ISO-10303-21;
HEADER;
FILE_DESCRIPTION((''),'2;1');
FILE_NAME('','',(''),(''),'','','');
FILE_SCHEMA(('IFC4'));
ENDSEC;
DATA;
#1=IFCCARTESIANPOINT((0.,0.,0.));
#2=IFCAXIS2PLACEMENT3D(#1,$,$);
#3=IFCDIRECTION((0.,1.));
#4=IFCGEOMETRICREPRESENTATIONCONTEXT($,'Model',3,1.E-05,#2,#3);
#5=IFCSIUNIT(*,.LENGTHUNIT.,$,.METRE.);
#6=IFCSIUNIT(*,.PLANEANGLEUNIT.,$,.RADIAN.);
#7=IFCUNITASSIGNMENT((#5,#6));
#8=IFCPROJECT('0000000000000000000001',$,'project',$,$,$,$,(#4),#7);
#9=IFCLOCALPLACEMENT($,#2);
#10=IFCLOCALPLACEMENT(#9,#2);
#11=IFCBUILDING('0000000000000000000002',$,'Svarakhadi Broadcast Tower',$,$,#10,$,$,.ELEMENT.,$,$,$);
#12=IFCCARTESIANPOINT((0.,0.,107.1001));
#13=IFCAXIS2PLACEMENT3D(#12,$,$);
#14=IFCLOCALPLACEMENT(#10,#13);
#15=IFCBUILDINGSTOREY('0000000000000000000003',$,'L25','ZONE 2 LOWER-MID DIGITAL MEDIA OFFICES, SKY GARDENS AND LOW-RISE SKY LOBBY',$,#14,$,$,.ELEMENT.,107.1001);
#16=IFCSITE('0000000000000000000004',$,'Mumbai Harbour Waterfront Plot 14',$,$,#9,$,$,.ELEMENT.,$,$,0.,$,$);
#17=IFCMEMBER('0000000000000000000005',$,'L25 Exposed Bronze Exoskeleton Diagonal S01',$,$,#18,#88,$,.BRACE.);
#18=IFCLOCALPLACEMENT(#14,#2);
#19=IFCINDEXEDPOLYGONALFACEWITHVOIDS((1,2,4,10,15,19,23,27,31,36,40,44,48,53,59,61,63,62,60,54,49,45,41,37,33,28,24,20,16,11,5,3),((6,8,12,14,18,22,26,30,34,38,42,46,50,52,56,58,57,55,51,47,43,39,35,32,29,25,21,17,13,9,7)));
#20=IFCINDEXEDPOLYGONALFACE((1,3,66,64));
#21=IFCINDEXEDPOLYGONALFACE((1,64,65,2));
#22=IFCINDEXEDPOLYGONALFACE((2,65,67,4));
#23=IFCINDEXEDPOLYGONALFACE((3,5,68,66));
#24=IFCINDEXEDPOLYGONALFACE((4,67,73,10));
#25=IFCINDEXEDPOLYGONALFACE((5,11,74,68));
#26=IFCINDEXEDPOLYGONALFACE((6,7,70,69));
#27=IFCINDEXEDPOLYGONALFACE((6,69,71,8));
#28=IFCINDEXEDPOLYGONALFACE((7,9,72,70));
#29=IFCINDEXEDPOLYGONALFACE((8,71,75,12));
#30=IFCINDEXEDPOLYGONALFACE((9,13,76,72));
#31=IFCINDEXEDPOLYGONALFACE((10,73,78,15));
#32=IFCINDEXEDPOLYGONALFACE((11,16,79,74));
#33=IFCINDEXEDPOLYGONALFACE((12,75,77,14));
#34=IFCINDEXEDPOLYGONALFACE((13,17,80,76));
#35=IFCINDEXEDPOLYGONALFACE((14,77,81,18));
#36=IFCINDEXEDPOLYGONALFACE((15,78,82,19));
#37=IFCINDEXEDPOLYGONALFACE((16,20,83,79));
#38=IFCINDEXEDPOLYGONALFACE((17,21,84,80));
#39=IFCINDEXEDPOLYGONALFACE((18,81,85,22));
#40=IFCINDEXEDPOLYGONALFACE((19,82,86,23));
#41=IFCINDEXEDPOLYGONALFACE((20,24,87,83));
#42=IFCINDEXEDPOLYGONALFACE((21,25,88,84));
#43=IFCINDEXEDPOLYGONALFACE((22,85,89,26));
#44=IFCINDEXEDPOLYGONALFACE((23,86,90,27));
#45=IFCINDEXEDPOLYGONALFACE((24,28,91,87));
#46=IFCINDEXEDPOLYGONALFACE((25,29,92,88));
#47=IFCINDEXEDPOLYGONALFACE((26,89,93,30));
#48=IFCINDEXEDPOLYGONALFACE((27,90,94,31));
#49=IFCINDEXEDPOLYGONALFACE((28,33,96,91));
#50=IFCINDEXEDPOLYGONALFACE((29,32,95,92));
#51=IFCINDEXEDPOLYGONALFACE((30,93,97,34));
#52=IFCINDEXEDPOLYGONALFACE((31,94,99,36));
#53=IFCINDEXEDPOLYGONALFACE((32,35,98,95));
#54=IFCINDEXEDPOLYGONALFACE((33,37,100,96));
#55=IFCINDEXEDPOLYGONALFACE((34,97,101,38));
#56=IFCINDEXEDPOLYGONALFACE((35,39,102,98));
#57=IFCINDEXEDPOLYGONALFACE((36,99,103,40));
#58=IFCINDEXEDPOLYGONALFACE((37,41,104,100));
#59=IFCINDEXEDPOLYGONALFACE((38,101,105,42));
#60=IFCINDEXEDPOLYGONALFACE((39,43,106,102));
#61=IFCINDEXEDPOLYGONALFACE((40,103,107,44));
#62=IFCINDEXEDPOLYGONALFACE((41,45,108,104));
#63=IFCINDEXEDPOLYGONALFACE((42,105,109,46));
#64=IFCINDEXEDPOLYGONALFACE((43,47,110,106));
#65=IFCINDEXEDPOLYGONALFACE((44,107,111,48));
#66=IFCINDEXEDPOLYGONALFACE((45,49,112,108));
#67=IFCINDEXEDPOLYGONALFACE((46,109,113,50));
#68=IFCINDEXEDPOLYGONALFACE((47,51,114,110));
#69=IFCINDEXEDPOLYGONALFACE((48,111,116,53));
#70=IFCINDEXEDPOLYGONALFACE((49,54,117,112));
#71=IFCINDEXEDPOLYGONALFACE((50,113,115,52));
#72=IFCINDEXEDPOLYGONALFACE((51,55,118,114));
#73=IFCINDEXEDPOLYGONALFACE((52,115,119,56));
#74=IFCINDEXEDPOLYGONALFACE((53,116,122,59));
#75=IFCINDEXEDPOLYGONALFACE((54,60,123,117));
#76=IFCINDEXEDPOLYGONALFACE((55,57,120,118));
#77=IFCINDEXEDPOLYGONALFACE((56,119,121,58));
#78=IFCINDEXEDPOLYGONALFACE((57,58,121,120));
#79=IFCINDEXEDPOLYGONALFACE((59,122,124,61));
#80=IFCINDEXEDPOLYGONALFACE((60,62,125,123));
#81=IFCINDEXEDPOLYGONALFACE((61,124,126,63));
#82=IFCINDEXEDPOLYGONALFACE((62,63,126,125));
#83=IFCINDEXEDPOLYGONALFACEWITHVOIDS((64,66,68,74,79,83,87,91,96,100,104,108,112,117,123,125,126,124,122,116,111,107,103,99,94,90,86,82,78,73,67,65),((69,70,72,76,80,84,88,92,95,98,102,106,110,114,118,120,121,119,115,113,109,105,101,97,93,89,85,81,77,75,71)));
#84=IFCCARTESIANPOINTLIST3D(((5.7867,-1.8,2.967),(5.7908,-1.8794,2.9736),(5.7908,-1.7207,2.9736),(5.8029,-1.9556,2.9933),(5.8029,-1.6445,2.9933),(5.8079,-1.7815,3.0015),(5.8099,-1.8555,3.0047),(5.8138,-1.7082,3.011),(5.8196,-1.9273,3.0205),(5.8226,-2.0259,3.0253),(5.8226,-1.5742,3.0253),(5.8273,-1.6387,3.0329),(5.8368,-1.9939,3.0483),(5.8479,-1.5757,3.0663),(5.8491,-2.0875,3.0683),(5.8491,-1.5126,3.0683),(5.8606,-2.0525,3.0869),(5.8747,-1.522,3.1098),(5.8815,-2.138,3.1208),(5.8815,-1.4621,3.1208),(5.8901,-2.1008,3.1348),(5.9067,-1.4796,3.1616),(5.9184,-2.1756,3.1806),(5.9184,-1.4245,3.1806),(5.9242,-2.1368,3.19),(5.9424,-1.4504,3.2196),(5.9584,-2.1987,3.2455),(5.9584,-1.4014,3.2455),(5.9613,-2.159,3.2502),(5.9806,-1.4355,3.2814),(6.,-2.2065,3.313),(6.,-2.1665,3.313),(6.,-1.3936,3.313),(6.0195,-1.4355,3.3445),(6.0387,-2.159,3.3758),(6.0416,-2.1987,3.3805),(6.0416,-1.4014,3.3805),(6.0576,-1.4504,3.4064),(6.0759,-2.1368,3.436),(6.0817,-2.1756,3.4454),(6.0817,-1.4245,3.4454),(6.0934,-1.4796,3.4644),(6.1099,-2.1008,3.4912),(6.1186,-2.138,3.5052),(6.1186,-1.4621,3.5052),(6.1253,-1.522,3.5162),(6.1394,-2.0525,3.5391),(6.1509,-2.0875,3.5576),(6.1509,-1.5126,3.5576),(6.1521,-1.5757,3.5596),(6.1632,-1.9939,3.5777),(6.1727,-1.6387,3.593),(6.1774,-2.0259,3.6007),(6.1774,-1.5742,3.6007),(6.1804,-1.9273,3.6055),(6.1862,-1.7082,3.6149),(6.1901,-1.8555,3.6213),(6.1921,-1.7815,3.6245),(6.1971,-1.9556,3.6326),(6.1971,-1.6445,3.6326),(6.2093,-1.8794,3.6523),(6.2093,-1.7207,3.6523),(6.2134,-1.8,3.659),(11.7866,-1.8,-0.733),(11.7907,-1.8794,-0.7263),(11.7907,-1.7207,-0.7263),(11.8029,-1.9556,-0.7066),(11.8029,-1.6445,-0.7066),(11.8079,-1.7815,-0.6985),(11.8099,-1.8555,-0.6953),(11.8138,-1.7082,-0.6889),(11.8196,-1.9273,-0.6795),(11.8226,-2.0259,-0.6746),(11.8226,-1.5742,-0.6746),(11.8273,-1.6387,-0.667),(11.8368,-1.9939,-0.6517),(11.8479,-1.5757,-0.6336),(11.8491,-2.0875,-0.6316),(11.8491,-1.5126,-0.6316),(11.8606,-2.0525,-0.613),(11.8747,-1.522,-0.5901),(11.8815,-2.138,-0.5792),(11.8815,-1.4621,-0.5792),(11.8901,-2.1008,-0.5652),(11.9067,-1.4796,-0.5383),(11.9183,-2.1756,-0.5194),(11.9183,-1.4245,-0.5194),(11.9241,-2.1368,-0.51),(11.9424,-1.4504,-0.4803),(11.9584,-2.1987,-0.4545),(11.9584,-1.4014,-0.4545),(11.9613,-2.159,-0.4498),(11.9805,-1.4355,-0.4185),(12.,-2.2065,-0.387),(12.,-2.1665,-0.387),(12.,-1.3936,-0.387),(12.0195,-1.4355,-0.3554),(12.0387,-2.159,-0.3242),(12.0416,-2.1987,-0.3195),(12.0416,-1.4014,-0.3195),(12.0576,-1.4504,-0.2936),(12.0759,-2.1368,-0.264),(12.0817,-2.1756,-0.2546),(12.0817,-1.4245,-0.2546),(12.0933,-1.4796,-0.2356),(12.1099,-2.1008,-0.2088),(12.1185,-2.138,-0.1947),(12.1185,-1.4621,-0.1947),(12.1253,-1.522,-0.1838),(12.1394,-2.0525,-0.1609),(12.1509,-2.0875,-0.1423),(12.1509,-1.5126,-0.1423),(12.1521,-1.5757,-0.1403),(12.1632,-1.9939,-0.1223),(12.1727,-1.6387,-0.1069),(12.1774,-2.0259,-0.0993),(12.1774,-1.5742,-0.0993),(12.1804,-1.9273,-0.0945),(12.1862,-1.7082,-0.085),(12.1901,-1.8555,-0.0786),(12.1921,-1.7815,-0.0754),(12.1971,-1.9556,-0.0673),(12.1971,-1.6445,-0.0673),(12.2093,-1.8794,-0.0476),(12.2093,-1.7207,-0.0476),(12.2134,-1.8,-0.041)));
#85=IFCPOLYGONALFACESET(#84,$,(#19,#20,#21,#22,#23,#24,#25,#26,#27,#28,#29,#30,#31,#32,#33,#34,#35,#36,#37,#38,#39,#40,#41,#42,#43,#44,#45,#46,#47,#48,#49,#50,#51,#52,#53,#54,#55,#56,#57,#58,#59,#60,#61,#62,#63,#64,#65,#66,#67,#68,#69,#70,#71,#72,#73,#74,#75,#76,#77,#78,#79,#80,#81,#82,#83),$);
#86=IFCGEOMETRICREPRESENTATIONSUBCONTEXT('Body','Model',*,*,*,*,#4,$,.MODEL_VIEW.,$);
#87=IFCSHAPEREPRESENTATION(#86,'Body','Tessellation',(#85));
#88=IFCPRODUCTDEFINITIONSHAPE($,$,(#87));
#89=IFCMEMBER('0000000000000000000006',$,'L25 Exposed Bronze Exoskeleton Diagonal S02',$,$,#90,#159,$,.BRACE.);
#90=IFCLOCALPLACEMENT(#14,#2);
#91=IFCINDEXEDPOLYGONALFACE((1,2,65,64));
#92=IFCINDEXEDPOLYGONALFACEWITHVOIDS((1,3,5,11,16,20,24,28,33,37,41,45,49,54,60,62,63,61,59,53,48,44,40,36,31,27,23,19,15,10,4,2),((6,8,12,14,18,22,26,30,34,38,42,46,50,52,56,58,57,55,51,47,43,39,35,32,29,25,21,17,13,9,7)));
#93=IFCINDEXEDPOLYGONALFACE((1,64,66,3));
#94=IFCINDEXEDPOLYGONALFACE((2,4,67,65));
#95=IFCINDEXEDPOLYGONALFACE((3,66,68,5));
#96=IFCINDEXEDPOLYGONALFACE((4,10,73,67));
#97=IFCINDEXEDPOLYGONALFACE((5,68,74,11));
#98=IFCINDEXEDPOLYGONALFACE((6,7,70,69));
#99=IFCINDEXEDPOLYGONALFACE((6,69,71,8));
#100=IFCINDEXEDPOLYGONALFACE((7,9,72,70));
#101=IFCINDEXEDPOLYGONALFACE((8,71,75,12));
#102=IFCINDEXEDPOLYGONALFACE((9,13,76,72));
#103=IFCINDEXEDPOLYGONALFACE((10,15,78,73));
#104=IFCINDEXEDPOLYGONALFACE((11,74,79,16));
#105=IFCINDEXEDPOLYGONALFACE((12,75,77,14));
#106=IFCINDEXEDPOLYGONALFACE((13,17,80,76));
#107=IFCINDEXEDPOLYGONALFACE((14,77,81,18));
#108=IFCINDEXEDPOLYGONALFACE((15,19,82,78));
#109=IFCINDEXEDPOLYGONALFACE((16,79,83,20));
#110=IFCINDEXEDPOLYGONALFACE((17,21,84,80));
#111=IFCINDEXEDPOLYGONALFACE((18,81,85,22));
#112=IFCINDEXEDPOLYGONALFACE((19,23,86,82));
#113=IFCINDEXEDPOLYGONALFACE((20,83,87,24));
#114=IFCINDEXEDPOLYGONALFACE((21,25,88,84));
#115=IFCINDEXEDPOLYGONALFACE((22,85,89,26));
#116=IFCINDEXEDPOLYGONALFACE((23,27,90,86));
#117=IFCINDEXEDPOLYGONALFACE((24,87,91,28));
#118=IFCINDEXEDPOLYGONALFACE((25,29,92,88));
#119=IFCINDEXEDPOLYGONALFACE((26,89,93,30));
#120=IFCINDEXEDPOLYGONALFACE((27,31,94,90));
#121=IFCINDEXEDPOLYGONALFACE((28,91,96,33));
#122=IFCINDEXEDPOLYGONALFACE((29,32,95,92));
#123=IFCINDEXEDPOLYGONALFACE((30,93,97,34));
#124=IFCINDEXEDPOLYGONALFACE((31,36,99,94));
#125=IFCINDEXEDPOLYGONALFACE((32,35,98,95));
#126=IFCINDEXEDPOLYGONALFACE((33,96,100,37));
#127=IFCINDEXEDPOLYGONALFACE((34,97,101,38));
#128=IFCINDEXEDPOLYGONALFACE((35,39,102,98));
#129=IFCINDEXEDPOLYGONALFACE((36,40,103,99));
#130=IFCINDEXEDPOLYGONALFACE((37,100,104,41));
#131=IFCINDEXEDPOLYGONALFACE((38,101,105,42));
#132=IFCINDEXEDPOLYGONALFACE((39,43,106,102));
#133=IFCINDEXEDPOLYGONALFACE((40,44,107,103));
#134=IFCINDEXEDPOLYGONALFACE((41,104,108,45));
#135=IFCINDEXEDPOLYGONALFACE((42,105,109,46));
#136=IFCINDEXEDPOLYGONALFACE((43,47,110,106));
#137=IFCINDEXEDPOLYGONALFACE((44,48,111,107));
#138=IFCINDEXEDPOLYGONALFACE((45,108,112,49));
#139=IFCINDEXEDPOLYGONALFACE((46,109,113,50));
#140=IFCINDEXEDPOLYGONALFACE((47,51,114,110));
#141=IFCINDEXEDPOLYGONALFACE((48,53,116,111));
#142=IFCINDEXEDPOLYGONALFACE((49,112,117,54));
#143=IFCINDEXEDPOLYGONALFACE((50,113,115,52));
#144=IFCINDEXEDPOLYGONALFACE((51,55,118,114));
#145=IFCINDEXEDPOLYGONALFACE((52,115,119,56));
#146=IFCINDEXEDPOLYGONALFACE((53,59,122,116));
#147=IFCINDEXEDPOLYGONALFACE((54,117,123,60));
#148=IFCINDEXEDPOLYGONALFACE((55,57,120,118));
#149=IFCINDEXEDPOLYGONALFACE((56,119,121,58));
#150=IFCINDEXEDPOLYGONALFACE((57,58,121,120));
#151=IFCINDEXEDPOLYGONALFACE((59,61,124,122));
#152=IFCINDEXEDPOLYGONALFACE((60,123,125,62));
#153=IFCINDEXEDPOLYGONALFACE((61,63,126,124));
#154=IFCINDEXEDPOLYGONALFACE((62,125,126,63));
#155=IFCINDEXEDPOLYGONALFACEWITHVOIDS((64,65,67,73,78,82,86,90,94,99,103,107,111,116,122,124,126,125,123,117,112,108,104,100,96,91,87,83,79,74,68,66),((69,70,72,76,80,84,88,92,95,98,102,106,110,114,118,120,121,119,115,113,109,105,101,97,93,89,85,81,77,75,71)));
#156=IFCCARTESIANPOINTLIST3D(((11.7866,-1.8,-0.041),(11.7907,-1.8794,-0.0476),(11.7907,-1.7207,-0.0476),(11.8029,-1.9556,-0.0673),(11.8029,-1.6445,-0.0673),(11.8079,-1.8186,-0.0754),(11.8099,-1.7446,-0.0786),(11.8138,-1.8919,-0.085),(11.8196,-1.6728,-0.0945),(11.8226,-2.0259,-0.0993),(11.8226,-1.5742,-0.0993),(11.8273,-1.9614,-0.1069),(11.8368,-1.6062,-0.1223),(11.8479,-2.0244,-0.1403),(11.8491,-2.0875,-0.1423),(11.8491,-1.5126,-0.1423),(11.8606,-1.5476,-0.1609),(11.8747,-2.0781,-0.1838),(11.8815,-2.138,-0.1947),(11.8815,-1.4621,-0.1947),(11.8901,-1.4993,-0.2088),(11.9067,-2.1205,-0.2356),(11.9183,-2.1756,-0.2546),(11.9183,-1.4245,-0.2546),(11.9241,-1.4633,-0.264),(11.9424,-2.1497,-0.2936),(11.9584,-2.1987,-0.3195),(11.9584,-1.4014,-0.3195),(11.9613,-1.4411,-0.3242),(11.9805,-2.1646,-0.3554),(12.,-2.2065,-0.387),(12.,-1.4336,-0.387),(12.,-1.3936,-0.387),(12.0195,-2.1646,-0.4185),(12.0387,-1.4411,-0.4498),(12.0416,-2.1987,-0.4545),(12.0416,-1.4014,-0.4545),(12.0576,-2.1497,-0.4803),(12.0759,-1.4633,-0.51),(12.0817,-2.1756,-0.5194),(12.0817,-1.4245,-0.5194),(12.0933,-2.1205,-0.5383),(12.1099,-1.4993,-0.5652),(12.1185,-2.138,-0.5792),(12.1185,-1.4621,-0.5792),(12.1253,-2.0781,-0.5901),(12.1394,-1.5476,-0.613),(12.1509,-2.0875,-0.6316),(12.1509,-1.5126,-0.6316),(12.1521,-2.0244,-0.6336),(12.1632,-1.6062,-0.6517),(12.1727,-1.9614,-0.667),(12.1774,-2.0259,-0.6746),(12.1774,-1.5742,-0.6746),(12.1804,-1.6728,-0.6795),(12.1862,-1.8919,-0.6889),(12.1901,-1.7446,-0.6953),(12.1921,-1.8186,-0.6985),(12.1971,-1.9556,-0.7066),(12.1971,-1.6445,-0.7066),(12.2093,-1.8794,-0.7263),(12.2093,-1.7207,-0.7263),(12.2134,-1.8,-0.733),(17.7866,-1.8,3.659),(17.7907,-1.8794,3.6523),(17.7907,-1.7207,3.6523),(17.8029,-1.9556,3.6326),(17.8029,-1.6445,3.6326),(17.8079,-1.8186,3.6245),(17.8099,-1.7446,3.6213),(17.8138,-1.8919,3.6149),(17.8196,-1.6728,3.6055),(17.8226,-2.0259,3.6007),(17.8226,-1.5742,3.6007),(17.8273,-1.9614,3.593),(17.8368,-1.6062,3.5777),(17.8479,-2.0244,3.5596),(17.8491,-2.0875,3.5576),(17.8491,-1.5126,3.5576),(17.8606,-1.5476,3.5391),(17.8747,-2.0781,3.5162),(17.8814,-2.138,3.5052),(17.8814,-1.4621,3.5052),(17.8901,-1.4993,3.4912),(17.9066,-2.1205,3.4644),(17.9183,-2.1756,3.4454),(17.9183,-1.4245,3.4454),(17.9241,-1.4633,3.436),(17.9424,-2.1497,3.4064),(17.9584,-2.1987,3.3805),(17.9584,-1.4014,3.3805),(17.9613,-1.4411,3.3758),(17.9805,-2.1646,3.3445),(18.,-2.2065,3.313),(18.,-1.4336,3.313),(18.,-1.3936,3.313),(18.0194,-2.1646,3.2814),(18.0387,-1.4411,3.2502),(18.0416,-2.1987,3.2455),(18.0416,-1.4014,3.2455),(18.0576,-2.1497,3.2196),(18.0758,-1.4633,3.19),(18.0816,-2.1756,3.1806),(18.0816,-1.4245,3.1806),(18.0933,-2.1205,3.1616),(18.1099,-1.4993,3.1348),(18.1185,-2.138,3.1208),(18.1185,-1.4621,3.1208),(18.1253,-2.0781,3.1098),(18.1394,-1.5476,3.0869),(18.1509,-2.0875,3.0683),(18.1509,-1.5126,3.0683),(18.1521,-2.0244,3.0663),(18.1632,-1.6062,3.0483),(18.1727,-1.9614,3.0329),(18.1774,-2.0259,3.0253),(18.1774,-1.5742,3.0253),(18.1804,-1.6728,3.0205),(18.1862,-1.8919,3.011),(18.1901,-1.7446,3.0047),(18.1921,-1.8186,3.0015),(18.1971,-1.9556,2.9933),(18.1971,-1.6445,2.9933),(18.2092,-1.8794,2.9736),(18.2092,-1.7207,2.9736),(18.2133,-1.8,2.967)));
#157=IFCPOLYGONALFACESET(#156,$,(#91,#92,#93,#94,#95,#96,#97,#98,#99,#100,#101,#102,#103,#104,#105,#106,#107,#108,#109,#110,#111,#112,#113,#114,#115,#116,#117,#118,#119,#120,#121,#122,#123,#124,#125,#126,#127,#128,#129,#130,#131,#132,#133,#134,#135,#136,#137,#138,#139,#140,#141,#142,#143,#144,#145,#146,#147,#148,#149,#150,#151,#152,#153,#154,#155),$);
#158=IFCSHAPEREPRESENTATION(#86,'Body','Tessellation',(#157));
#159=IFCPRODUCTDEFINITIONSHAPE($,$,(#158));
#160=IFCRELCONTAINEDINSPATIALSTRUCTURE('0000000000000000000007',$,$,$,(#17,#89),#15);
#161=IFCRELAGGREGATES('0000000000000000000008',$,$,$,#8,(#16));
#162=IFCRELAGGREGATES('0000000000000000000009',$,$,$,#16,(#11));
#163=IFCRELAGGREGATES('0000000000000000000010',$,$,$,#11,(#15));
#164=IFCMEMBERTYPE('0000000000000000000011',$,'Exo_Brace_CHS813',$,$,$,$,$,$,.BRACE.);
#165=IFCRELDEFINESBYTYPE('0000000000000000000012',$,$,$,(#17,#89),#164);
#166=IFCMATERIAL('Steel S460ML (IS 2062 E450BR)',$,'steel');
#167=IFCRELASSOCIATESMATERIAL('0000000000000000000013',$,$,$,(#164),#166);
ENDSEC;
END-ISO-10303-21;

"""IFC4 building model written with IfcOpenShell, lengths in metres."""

from ifc_helpers import new_model, si_unit, direction, frame, origin, origin_2d, place, context, subcontext, project, spatial, hollow_circle, extrude, material, material_profile, profile_set, type_object, element, save


model = new_model("IFC4")

# Units and contexts
model_context = context("Model", 3, precision=1e-05, world=origin(), true_north=direction((0.0, 1.0)))
body_context = subcontext(model_context, "Body", "Model", "MODEL_VIEW")
ifc_project = project(units=[si_unit("LENGTHUNIT", "METRE"), si_unit("PLANEANGLEUNIT", "RADIAN")], contexts=[model_context])

# Site, building, storey
site_placement = place(None, origin())
site = spatial("IfcSite", under=ifc_project, at=site_placement, Name="Mumbai Harbour Waterfront Plot 14", CompositionType="ELEMENT", RefElevation=0.0)
building_placement = place(site_placement, origin())
building = spatial("IfcBuilding", under=site, at=building_placement, Name="Svarakhadi Broadcast Tower", CompositionType="ELEMENT")
storey_placement = place(building_placement, frame((0.0, 0.0, 107.1001)))
storey = spatial("IfcBuildingStorey", under=building, at=storey_placement, Name="L25", Description="ZONE 2 LOWER-MID DIGITAL MEDIA OFFICES, SKY GARDENS AND LOW-RISE SKY LOBBY", CompositionType="ELEMENT", Elevation=107.1001)

# Shared definitions
ifc_material_1 = material(Name="Steel S460ML (IS 2062 E450BR)", Category="steel")

# Members
ifc_material_profile_1 = material_profile(ifc_material_1, hollow_circle(Radius=0.4065, WallThickness=0.04, at=origin_2d()), Name="CHS 813x40")
ifc_profile_set_1 = profile_set([ifc_material_profile_1], Name="Steel S460ML (IS 2062 E450BR)")
member_type_1 = type_object("IfcMemberType", Name="Exo_Brace_CHS813", PredefinedType="BRACE", material=ifc_profile_set_1)
for number, where, z_axis, x_axis, name in (
    (1, (12.0, -1.8, -0.387), (-0.851174, 0.0, 0.524884), (0.0, -1.0, 0.0), "L25 Exposed Bronze Exoskeleton Diagonal S01"),
    (2, (12.0, -1.8, -0.387), (0.851174, 0.0, 0.524884), (0.0, 1.0, 0.0), "L25 Exposed Bronze Exoskeleton Diagonal S02"),
):
    element("IfcMember", number, at=place(storey_placement, frame(where, z_axis=z_axis, x_axis=x_axis)), inside=storey, type_object=member_type_1, Name=name, PredefinedType="BRACE", context=body_context, shape_type="SweptSolid", body=[
        extrude(hollow_circle(Radius=0.4065, WallThickness=0.04, at=origin_2d()), origin(), (0.0, 0.0, 1.0), 7.0491),
    ])

save(model, "model.ifc")
